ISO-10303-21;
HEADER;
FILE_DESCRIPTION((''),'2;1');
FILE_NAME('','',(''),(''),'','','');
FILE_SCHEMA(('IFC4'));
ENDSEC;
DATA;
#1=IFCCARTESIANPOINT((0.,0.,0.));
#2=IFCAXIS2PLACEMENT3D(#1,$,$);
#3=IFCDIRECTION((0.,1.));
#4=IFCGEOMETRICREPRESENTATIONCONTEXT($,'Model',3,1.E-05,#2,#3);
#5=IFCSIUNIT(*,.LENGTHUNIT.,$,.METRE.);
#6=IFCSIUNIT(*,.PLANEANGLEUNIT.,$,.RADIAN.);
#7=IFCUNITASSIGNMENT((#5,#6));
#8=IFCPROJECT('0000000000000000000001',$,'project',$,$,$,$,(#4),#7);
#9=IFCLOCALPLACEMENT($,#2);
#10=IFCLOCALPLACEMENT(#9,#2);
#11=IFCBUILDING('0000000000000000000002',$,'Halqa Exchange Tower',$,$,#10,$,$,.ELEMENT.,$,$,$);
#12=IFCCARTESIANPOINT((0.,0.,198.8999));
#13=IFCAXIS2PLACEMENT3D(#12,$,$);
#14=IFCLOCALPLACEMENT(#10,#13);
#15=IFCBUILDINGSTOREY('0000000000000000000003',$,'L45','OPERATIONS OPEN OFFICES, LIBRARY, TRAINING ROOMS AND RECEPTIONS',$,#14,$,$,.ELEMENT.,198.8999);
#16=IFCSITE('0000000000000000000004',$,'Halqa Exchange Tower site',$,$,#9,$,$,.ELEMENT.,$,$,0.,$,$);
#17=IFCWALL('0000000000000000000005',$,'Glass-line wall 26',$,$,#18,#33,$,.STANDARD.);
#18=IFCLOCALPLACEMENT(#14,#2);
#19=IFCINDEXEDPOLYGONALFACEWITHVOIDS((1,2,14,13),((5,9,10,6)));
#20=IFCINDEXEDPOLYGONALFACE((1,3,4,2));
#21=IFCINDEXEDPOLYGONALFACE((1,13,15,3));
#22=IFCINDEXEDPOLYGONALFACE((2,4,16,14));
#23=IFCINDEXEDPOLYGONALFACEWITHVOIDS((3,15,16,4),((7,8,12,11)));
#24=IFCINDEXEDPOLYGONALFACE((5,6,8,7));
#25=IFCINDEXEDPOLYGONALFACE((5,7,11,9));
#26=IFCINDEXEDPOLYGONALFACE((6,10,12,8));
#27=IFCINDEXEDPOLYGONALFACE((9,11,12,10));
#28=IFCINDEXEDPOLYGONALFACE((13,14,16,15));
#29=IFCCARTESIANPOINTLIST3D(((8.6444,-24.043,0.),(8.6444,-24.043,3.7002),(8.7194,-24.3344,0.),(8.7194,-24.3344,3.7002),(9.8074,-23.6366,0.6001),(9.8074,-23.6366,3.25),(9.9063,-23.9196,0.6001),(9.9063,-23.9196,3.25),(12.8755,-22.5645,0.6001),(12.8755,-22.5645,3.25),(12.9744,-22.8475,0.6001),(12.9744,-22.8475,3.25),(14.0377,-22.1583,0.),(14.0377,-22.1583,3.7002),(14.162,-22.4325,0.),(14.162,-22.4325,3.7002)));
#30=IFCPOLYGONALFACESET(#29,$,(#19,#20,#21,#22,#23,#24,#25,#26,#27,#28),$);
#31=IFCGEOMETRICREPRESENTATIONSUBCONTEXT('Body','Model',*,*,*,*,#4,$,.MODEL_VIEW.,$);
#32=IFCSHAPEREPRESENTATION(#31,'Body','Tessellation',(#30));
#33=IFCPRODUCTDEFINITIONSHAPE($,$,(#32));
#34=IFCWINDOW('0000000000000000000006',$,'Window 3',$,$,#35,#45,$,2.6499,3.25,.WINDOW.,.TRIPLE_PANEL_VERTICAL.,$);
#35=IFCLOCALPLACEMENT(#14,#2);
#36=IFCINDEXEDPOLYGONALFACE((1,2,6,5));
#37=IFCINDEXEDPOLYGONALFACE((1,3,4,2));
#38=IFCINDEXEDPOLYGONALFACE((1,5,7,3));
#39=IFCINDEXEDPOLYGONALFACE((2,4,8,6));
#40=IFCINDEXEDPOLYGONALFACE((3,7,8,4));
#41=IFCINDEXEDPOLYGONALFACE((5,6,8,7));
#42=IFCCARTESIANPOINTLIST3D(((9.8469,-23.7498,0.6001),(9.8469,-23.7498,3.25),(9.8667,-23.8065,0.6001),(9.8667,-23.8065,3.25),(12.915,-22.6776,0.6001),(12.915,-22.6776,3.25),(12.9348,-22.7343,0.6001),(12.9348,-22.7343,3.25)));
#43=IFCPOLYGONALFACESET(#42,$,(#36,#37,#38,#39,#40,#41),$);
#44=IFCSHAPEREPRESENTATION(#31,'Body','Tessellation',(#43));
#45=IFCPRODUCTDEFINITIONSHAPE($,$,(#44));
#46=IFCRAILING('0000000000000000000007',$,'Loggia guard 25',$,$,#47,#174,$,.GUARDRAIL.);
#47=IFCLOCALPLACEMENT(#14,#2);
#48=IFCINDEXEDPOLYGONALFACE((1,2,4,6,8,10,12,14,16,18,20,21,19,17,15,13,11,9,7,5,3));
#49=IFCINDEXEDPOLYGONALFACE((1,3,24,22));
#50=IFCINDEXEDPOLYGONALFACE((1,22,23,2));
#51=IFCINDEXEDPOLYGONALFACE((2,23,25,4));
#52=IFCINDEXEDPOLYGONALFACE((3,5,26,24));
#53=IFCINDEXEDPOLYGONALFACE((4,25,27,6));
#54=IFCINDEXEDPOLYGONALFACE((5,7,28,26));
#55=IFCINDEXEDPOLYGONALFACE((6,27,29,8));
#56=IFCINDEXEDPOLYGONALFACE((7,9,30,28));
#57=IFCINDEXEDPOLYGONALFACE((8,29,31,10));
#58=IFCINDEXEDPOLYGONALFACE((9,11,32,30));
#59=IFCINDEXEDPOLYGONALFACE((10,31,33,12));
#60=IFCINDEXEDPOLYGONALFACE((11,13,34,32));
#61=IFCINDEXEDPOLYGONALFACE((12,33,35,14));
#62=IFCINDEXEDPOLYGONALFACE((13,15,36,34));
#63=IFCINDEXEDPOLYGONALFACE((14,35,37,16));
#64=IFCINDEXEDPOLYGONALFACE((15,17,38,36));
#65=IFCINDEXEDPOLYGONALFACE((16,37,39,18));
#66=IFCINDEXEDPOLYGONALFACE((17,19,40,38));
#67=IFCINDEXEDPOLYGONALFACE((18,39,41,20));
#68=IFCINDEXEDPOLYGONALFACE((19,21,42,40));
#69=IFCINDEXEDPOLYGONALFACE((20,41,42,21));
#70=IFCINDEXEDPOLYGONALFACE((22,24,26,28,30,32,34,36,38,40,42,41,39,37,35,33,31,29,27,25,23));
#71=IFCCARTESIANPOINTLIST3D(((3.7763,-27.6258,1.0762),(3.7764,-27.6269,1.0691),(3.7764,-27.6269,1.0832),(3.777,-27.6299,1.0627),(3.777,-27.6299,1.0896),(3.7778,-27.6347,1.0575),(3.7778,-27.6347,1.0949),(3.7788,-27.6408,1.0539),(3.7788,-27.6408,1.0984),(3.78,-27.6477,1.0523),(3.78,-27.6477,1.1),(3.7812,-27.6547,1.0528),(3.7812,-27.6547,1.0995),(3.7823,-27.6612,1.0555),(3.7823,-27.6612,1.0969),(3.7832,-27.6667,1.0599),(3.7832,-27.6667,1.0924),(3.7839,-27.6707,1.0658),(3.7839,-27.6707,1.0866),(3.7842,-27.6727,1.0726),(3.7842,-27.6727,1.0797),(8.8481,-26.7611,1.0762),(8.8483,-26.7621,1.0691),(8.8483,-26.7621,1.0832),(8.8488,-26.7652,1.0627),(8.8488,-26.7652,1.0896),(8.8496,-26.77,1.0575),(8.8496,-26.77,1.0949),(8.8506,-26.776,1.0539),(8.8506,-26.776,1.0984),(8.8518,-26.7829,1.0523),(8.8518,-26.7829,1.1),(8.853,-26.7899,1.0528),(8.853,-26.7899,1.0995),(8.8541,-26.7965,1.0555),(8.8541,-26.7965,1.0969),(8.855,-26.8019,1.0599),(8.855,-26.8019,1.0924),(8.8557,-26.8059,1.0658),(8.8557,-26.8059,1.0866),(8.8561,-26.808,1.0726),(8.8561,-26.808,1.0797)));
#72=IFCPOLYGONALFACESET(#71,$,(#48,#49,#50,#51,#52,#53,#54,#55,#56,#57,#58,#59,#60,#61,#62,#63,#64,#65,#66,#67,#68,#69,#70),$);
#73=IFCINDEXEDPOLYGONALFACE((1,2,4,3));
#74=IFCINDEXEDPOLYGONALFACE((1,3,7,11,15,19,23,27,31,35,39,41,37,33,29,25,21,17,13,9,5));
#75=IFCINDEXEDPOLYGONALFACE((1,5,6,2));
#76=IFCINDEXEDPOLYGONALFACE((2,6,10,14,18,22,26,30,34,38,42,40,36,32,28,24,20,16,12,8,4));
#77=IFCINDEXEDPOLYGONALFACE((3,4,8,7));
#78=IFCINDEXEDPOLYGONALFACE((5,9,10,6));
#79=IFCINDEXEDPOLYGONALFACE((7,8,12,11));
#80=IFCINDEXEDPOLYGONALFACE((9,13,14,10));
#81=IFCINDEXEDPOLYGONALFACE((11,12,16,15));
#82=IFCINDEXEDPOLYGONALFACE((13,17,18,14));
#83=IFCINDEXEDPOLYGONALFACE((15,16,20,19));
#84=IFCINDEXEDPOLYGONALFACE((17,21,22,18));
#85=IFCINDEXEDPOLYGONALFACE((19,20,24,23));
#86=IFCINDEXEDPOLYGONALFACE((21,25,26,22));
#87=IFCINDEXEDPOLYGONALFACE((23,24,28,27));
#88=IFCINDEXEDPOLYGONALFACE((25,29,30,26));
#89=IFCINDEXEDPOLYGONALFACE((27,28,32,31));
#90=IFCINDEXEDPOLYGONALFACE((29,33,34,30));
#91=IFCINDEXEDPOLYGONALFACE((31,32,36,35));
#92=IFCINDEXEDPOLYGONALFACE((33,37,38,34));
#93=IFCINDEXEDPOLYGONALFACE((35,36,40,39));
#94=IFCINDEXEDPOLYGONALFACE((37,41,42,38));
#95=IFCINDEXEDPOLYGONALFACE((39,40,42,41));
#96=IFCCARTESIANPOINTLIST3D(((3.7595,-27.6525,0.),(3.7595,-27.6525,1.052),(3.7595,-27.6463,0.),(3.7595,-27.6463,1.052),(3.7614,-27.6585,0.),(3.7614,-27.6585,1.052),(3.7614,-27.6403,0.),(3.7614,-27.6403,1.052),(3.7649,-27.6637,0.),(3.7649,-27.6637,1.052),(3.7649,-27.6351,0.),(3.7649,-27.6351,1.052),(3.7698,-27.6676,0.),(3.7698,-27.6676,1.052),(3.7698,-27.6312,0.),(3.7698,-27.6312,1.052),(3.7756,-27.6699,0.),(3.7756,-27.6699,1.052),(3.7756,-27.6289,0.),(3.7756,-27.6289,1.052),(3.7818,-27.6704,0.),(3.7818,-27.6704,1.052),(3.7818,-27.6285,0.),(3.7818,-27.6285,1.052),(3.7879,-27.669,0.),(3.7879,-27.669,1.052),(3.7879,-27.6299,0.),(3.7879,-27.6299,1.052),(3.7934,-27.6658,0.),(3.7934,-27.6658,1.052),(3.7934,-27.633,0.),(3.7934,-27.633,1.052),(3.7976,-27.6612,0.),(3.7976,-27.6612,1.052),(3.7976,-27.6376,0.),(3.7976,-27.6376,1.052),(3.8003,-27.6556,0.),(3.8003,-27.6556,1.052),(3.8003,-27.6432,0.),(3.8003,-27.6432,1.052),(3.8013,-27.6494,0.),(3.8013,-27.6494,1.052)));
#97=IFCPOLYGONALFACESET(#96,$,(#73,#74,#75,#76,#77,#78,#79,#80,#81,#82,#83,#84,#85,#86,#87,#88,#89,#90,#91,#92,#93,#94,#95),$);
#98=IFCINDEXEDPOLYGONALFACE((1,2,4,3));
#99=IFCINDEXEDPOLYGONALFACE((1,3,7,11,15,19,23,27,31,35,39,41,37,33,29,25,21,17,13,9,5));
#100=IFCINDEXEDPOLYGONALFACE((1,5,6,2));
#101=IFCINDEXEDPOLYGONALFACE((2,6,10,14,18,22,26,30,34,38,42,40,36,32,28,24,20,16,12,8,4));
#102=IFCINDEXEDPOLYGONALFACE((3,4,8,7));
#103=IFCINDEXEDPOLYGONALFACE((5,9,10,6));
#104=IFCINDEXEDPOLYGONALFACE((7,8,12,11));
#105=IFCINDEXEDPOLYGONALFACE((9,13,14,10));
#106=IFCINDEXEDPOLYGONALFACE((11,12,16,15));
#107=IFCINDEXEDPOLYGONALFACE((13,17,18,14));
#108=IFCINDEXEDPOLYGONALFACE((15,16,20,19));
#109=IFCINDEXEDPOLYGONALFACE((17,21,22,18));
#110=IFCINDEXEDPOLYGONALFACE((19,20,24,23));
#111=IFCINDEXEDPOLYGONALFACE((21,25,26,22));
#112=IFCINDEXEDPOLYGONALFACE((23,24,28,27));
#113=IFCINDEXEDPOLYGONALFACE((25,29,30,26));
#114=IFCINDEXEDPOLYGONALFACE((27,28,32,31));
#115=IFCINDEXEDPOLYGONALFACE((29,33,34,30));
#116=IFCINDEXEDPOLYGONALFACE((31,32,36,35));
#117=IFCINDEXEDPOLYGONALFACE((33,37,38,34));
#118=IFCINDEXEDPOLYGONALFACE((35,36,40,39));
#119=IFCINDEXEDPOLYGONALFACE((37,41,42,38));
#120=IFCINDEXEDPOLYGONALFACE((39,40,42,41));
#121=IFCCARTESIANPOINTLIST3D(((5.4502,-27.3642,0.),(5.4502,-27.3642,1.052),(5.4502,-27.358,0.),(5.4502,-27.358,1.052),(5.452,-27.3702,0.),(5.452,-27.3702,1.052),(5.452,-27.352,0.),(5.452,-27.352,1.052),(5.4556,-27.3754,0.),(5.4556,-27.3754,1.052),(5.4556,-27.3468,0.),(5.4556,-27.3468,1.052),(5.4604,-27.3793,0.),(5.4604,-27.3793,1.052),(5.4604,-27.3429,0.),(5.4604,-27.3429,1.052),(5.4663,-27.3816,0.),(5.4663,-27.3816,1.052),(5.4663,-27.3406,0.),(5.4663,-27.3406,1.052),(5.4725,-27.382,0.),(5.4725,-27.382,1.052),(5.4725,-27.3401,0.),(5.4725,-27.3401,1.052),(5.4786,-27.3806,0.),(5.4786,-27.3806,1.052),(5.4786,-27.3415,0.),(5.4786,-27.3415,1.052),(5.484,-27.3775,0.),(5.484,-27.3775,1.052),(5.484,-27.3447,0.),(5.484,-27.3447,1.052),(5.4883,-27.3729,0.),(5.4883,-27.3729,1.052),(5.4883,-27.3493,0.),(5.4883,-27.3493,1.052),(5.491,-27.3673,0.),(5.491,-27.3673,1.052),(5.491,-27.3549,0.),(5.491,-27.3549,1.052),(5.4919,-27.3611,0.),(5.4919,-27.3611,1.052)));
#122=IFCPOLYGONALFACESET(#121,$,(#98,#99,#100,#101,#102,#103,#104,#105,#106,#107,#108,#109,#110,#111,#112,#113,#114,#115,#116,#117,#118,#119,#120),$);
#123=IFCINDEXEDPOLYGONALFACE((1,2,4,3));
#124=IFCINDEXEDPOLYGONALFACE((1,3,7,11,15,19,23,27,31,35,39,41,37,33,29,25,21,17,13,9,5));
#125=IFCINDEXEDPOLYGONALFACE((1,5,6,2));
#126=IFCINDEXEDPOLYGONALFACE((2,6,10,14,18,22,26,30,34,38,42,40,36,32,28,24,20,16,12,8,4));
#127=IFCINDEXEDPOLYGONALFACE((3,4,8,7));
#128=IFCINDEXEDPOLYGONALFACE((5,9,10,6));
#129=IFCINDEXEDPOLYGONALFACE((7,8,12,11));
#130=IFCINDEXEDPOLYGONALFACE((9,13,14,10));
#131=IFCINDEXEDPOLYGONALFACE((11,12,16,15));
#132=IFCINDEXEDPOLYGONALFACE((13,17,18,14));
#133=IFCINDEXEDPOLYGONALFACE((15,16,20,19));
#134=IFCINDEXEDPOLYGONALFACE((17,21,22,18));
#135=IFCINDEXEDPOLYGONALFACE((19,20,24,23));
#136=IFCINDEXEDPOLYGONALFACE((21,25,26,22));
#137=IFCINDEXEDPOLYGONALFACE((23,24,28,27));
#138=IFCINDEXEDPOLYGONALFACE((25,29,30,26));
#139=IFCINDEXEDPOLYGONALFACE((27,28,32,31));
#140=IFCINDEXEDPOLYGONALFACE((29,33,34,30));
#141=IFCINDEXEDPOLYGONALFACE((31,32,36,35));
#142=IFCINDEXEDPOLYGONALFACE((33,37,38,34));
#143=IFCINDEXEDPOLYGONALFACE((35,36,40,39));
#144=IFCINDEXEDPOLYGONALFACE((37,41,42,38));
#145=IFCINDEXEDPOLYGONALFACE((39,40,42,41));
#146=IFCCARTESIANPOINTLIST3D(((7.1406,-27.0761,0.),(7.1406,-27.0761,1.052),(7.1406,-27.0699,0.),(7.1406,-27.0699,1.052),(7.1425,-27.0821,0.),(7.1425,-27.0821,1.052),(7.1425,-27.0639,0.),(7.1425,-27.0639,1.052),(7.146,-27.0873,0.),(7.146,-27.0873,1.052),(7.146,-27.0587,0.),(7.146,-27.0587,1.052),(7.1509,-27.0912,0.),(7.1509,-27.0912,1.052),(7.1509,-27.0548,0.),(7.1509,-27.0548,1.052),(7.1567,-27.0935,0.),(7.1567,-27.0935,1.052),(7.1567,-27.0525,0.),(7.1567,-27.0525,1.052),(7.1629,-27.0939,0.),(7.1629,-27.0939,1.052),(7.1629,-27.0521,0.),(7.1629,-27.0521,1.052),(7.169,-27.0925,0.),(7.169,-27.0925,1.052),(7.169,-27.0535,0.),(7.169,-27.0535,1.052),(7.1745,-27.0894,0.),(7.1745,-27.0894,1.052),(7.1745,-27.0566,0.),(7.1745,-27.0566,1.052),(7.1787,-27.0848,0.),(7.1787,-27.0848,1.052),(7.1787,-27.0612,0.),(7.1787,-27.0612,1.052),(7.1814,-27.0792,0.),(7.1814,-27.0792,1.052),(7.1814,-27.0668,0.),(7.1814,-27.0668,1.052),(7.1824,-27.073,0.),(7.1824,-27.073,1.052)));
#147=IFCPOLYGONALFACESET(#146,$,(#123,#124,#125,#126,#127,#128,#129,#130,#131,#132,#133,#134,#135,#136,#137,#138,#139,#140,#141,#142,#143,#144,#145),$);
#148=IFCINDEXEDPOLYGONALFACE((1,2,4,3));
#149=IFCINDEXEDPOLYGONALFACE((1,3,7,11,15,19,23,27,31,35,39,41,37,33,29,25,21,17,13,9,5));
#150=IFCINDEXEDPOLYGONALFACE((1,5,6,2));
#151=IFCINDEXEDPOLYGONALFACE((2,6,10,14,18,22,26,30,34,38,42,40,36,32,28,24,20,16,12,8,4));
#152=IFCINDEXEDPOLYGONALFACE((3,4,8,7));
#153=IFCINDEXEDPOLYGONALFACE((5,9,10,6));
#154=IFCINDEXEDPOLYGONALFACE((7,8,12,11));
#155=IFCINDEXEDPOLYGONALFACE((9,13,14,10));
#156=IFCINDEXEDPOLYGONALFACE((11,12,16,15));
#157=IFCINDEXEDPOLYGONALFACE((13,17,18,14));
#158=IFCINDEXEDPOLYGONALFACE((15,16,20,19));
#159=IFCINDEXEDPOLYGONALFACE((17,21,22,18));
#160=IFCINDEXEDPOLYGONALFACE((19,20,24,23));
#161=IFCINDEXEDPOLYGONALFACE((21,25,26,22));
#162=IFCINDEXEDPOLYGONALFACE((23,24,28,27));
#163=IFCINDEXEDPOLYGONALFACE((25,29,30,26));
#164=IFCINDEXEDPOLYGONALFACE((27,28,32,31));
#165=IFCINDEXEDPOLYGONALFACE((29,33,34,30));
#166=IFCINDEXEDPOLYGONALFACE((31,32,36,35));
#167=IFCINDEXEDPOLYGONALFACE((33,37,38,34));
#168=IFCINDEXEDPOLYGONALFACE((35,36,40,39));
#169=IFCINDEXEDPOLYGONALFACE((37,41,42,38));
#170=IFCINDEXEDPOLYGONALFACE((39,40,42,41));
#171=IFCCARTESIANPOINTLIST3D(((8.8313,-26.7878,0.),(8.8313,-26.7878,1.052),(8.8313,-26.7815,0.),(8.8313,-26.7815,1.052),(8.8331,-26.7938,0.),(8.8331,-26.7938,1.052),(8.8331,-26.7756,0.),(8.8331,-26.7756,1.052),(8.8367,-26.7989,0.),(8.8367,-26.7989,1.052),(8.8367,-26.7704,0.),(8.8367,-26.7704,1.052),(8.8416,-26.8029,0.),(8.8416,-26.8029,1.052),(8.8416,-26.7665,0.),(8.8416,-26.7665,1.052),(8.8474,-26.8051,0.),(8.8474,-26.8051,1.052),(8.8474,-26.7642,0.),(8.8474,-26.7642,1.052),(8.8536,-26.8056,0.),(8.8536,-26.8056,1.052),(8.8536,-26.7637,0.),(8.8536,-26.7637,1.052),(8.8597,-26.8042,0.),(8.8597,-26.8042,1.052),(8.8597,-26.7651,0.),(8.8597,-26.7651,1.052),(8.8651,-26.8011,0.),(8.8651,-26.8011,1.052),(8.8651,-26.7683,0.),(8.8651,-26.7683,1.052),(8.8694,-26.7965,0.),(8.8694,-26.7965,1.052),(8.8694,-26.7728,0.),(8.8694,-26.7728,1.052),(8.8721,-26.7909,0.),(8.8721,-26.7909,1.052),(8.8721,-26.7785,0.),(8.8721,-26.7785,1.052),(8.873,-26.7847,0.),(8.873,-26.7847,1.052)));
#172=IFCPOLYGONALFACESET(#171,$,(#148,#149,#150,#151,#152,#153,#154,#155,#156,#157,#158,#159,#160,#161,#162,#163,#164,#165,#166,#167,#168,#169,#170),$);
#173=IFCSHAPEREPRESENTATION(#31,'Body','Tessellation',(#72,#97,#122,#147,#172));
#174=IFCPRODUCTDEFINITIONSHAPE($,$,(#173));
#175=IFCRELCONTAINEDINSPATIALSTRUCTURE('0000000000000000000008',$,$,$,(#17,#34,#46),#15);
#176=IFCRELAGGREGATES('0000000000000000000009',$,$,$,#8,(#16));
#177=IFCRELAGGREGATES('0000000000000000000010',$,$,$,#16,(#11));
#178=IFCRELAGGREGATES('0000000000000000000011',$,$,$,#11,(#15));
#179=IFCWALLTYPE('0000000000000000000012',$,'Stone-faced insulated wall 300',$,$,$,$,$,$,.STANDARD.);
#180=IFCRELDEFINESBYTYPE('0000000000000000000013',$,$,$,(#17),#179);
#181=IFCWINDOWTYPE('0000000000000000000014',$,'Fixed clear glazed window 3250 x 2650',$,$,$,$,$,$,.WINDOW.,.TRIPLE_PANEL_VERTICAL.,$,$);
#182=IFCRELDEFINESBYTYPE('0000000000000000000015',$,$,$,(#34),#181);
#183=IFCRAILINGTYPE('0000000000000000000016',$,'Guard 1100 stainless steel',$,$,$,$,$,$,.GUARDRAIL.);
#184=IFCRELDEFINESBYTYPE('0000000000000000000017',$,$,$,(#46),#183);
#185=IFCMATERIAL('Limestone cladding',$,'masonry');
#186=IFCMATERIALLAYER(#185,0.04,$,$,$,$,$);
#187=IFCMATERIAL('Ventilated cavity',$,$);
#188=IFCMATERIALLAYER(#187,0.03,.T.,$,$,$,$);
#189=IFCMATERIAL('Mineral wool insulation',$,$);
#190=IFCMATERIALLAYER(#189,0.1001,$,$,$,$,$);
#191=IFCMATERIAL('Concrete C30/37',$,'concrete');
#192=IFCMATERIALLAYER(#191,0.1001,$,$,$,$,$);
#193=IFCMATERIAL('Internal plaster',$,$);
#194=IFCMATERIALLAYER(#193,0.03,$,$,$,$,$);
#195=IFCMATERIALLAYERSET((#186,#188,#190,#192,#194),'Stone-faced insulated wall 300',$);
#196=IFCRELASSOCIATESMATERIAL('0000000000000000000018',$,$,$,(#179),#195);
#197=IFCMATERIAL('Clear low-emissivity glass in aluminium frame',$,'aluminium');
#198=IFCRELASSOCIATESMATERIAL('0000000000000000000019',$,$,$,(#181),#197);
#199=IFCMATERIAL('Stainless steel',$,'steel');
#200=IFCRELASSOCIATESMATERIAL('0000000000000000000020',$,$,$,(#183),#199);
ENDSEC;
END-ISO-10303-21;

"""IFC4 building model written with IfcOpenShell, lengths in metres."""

from ifc_helpers import new_model, si_unit, direction, frame, frame_2d, origin, origin_2d, place, context, subcontext, project, spatial, polyline, rectangle, circle, outline, extrude, material, layer, layer_set, type_object, element, fill, save


model = new_model("IFC4")

# Units and contexts
model_context = context("Model", 3, precision=1e-05, world=origin(), true_north=direction((0.0, 1.0)))
body_context = subcontext(model_context, "Body", "Model", "MODEL_VIEW")
ifc_project = project(units=[si_unit("LENGTHUNIT", "METRE"), si_unit("PLANEANGLEUNIT", "RADIAN")], contexts=[model_context])

# Site, building, storey
site_placement = place(None, origin())
site = spatial("IfcSite", under=ifc_project, at=site_placement, Name="Halqa Exchange Tower site", CompositionType="ELEMENT", RefElevation=0.0)
building_placement = place(site_placement, origin())
building = spatial("IfcBuilding", under=site, at=building_placement, Name="Halqa Exchange Tower", CompositionType="ELEMENT")
storey_placement = place(building_placement, frame((0.0, 0.0, 198.8999)))
storey = spatial("IfcBuildingStorey", under=building, at=storey_placement, Name="L45", Description="OPERATIONS OPEN OFFICES, LIBRARY, TRAINING ROOMS AND RECEPTIONS", CompositionType="ELEMENT", Elevation=198.8999)

# Shared definitions
ifc_material_1 = material(Name="Concrete C30/37", Category="concrete")

# Wall, opening, window
ifc_material_2 = material(Name="Limestone cladding", Category="masonry")
ifc_layer_1 = layer(ifc_material_2, 0.04)
ifc_material_3 = material(Name="Ventilated cavity")
ifc_layer_2 = layer(ifc_material_3, 0.03, ventilated=True)
ifc_material_4 = material(Name="Mineral wool insulation")
ifc_layer_3 = layer(ifc_material_4, 0.1001)
ifc_layer_4 = layer(ifc_material_1, 0.1001)
ifc_material_5 = material(Name="Internal plaster")
ifc_layer_5 = layer(ifc_material_5, 0.03)
ifc_layer_set_1 = layer_set([ifc_layer_1, ifc_layer_2, ifc_layer_3, ifc_layer_4, ifc_layer_5], Name="Stone-faced insulated wall 300")
wall_type_1 = type_object("IfcWallType", Name="Stone-faced insulated wall 300", PredefinedType="STANDARD", material=ifc_layer_set_1)
ifc_material_6 = material(Name="Clear low-emissivity glass in aluminium frame", Category="aluminium")
window_type = type_object("IfcWindowType", Name="Fixed clear glazed window 3250 x 2650", PartitioningType="TRIPLE_PANEL_VERTICAL", PredefinedType="WINDOW", material=ifc_material_6)
wall_1_placement = place(storey_placement, frame((8.6819, -24.1887, 0.0), z_axis=(0.0, 0.0, 1.0), x_axis=(0.94402, 0.329888, 0.0)))
wall_1 = element("IfcWall", 1, at=wall_1_placement, inside=storey, type_object=wall_type_1, Name="Glass-line wall 26", PredefinedType="STANDARD", context=body_context, shape_type="SweptSolid", body=[
    extrude(outline(polyline([(-0.0127, -0.1499), (5.7527, -0.1499), (5.7258, 0.1499), (0.0127, 0.1499), (-0.0127, -0.1499)])), origin(), (0.0, 0.0, 1.0), 3.7002),
])
opening_1_placement = place(wall_1_placement, frame((1.2446, 0.0, 0.6001)))
opening_1 = element("IfcOpeningElement", 2, at=opening_1_placement, cuts=wall_1, PredefinedType="OPENING", context=body_context, shape_type="SweptSolid", body=[
    extrude(rectangle(XDim=3.25, YDim=2.6499, at=frame_2d((1.625, 1.325))), frame((0.0, 0.1621, 0.0), z_axis=(0.0, -1.0, 0.0), x_axis=(1.0, 0.0, 0.0)), (0.0, 0.0, 1.0), 0.324),
])
window_1_placement = place(opening_1_placement, origin())
window_1 = element("IfcWindow", 3, at=window_1_placement, inside=storey, type_object=window_type, Name="Window 3", OverallHeight=2.6499, OverallWidth=3.25, PartitioningType="TRIPLE_PANEL_VERTICAL", PredefinedType="WINDOW", context=body_context, shape_type="SweptSolid", body=[
    extrude(rectangle(XDim=3.25, YDim=2.6499, at=frame_2d((1.625, 1.325))), frame((0.0, 0.03, 0.0), z_axis=(0.0, -1.0, 0.0), x_axis=(1.0, 0.0, 0.0)), (0.0, 0.0, 1.0), 0.0601),
])
fill(opening_1, window_1)

# Railing
ifc_material_7 = material(Name="Stainless steel", Category="steel")
railing_type = type_object("IfcRailingType", Name="Guard 1100 stainless steel", PredefinedType="GUARDRAIL", material=ifc_material_7)
railing_1_placement = place(storey_placement, frame((3.7803, -27.6494, 0.0)))
element("IfcRailing", 4, at=railing_1_placement, inside=storey, type_object=railing_type, Name="Loggia guard 25", PredefinedType="GUARDRAIL", context=body_context, shape_type="SweptSolid", body=[
    extrude(circle(Radius=0.0239, at=origin_2d()), frame((0.0, 0.0, 1.0762), z_axis=(0.985774, 0.168076, 0.0), x_axis=(-0.168076, 0.985774, 0.0)), (0.0, 0.0, 1.0), 5.145),
    extrude(circle(Radius=0.021, at=origin_2d()), origin(), (0.0, 0.0, 1.0), 1.052),
    extrude(circle(Radius=0.021, at=origin_2d()), frame((1.6907, 0.2883, 0.0)), (0.0, 0.0, 1.0), 1.052),
    extrude(circle(Radius=0.021, at=origin_2d()), frame((3.3811, 0.5764, 0.0)), (0.0, 0.0, 1.0), 1.052),
    extrude(circle(Radius=0.021, at=origin_2d()), frame((5.0718, 0.8647, 0.0)), (0.0, 0.0, 1.0), 1.052),
])

save(model, "model.ifc")
